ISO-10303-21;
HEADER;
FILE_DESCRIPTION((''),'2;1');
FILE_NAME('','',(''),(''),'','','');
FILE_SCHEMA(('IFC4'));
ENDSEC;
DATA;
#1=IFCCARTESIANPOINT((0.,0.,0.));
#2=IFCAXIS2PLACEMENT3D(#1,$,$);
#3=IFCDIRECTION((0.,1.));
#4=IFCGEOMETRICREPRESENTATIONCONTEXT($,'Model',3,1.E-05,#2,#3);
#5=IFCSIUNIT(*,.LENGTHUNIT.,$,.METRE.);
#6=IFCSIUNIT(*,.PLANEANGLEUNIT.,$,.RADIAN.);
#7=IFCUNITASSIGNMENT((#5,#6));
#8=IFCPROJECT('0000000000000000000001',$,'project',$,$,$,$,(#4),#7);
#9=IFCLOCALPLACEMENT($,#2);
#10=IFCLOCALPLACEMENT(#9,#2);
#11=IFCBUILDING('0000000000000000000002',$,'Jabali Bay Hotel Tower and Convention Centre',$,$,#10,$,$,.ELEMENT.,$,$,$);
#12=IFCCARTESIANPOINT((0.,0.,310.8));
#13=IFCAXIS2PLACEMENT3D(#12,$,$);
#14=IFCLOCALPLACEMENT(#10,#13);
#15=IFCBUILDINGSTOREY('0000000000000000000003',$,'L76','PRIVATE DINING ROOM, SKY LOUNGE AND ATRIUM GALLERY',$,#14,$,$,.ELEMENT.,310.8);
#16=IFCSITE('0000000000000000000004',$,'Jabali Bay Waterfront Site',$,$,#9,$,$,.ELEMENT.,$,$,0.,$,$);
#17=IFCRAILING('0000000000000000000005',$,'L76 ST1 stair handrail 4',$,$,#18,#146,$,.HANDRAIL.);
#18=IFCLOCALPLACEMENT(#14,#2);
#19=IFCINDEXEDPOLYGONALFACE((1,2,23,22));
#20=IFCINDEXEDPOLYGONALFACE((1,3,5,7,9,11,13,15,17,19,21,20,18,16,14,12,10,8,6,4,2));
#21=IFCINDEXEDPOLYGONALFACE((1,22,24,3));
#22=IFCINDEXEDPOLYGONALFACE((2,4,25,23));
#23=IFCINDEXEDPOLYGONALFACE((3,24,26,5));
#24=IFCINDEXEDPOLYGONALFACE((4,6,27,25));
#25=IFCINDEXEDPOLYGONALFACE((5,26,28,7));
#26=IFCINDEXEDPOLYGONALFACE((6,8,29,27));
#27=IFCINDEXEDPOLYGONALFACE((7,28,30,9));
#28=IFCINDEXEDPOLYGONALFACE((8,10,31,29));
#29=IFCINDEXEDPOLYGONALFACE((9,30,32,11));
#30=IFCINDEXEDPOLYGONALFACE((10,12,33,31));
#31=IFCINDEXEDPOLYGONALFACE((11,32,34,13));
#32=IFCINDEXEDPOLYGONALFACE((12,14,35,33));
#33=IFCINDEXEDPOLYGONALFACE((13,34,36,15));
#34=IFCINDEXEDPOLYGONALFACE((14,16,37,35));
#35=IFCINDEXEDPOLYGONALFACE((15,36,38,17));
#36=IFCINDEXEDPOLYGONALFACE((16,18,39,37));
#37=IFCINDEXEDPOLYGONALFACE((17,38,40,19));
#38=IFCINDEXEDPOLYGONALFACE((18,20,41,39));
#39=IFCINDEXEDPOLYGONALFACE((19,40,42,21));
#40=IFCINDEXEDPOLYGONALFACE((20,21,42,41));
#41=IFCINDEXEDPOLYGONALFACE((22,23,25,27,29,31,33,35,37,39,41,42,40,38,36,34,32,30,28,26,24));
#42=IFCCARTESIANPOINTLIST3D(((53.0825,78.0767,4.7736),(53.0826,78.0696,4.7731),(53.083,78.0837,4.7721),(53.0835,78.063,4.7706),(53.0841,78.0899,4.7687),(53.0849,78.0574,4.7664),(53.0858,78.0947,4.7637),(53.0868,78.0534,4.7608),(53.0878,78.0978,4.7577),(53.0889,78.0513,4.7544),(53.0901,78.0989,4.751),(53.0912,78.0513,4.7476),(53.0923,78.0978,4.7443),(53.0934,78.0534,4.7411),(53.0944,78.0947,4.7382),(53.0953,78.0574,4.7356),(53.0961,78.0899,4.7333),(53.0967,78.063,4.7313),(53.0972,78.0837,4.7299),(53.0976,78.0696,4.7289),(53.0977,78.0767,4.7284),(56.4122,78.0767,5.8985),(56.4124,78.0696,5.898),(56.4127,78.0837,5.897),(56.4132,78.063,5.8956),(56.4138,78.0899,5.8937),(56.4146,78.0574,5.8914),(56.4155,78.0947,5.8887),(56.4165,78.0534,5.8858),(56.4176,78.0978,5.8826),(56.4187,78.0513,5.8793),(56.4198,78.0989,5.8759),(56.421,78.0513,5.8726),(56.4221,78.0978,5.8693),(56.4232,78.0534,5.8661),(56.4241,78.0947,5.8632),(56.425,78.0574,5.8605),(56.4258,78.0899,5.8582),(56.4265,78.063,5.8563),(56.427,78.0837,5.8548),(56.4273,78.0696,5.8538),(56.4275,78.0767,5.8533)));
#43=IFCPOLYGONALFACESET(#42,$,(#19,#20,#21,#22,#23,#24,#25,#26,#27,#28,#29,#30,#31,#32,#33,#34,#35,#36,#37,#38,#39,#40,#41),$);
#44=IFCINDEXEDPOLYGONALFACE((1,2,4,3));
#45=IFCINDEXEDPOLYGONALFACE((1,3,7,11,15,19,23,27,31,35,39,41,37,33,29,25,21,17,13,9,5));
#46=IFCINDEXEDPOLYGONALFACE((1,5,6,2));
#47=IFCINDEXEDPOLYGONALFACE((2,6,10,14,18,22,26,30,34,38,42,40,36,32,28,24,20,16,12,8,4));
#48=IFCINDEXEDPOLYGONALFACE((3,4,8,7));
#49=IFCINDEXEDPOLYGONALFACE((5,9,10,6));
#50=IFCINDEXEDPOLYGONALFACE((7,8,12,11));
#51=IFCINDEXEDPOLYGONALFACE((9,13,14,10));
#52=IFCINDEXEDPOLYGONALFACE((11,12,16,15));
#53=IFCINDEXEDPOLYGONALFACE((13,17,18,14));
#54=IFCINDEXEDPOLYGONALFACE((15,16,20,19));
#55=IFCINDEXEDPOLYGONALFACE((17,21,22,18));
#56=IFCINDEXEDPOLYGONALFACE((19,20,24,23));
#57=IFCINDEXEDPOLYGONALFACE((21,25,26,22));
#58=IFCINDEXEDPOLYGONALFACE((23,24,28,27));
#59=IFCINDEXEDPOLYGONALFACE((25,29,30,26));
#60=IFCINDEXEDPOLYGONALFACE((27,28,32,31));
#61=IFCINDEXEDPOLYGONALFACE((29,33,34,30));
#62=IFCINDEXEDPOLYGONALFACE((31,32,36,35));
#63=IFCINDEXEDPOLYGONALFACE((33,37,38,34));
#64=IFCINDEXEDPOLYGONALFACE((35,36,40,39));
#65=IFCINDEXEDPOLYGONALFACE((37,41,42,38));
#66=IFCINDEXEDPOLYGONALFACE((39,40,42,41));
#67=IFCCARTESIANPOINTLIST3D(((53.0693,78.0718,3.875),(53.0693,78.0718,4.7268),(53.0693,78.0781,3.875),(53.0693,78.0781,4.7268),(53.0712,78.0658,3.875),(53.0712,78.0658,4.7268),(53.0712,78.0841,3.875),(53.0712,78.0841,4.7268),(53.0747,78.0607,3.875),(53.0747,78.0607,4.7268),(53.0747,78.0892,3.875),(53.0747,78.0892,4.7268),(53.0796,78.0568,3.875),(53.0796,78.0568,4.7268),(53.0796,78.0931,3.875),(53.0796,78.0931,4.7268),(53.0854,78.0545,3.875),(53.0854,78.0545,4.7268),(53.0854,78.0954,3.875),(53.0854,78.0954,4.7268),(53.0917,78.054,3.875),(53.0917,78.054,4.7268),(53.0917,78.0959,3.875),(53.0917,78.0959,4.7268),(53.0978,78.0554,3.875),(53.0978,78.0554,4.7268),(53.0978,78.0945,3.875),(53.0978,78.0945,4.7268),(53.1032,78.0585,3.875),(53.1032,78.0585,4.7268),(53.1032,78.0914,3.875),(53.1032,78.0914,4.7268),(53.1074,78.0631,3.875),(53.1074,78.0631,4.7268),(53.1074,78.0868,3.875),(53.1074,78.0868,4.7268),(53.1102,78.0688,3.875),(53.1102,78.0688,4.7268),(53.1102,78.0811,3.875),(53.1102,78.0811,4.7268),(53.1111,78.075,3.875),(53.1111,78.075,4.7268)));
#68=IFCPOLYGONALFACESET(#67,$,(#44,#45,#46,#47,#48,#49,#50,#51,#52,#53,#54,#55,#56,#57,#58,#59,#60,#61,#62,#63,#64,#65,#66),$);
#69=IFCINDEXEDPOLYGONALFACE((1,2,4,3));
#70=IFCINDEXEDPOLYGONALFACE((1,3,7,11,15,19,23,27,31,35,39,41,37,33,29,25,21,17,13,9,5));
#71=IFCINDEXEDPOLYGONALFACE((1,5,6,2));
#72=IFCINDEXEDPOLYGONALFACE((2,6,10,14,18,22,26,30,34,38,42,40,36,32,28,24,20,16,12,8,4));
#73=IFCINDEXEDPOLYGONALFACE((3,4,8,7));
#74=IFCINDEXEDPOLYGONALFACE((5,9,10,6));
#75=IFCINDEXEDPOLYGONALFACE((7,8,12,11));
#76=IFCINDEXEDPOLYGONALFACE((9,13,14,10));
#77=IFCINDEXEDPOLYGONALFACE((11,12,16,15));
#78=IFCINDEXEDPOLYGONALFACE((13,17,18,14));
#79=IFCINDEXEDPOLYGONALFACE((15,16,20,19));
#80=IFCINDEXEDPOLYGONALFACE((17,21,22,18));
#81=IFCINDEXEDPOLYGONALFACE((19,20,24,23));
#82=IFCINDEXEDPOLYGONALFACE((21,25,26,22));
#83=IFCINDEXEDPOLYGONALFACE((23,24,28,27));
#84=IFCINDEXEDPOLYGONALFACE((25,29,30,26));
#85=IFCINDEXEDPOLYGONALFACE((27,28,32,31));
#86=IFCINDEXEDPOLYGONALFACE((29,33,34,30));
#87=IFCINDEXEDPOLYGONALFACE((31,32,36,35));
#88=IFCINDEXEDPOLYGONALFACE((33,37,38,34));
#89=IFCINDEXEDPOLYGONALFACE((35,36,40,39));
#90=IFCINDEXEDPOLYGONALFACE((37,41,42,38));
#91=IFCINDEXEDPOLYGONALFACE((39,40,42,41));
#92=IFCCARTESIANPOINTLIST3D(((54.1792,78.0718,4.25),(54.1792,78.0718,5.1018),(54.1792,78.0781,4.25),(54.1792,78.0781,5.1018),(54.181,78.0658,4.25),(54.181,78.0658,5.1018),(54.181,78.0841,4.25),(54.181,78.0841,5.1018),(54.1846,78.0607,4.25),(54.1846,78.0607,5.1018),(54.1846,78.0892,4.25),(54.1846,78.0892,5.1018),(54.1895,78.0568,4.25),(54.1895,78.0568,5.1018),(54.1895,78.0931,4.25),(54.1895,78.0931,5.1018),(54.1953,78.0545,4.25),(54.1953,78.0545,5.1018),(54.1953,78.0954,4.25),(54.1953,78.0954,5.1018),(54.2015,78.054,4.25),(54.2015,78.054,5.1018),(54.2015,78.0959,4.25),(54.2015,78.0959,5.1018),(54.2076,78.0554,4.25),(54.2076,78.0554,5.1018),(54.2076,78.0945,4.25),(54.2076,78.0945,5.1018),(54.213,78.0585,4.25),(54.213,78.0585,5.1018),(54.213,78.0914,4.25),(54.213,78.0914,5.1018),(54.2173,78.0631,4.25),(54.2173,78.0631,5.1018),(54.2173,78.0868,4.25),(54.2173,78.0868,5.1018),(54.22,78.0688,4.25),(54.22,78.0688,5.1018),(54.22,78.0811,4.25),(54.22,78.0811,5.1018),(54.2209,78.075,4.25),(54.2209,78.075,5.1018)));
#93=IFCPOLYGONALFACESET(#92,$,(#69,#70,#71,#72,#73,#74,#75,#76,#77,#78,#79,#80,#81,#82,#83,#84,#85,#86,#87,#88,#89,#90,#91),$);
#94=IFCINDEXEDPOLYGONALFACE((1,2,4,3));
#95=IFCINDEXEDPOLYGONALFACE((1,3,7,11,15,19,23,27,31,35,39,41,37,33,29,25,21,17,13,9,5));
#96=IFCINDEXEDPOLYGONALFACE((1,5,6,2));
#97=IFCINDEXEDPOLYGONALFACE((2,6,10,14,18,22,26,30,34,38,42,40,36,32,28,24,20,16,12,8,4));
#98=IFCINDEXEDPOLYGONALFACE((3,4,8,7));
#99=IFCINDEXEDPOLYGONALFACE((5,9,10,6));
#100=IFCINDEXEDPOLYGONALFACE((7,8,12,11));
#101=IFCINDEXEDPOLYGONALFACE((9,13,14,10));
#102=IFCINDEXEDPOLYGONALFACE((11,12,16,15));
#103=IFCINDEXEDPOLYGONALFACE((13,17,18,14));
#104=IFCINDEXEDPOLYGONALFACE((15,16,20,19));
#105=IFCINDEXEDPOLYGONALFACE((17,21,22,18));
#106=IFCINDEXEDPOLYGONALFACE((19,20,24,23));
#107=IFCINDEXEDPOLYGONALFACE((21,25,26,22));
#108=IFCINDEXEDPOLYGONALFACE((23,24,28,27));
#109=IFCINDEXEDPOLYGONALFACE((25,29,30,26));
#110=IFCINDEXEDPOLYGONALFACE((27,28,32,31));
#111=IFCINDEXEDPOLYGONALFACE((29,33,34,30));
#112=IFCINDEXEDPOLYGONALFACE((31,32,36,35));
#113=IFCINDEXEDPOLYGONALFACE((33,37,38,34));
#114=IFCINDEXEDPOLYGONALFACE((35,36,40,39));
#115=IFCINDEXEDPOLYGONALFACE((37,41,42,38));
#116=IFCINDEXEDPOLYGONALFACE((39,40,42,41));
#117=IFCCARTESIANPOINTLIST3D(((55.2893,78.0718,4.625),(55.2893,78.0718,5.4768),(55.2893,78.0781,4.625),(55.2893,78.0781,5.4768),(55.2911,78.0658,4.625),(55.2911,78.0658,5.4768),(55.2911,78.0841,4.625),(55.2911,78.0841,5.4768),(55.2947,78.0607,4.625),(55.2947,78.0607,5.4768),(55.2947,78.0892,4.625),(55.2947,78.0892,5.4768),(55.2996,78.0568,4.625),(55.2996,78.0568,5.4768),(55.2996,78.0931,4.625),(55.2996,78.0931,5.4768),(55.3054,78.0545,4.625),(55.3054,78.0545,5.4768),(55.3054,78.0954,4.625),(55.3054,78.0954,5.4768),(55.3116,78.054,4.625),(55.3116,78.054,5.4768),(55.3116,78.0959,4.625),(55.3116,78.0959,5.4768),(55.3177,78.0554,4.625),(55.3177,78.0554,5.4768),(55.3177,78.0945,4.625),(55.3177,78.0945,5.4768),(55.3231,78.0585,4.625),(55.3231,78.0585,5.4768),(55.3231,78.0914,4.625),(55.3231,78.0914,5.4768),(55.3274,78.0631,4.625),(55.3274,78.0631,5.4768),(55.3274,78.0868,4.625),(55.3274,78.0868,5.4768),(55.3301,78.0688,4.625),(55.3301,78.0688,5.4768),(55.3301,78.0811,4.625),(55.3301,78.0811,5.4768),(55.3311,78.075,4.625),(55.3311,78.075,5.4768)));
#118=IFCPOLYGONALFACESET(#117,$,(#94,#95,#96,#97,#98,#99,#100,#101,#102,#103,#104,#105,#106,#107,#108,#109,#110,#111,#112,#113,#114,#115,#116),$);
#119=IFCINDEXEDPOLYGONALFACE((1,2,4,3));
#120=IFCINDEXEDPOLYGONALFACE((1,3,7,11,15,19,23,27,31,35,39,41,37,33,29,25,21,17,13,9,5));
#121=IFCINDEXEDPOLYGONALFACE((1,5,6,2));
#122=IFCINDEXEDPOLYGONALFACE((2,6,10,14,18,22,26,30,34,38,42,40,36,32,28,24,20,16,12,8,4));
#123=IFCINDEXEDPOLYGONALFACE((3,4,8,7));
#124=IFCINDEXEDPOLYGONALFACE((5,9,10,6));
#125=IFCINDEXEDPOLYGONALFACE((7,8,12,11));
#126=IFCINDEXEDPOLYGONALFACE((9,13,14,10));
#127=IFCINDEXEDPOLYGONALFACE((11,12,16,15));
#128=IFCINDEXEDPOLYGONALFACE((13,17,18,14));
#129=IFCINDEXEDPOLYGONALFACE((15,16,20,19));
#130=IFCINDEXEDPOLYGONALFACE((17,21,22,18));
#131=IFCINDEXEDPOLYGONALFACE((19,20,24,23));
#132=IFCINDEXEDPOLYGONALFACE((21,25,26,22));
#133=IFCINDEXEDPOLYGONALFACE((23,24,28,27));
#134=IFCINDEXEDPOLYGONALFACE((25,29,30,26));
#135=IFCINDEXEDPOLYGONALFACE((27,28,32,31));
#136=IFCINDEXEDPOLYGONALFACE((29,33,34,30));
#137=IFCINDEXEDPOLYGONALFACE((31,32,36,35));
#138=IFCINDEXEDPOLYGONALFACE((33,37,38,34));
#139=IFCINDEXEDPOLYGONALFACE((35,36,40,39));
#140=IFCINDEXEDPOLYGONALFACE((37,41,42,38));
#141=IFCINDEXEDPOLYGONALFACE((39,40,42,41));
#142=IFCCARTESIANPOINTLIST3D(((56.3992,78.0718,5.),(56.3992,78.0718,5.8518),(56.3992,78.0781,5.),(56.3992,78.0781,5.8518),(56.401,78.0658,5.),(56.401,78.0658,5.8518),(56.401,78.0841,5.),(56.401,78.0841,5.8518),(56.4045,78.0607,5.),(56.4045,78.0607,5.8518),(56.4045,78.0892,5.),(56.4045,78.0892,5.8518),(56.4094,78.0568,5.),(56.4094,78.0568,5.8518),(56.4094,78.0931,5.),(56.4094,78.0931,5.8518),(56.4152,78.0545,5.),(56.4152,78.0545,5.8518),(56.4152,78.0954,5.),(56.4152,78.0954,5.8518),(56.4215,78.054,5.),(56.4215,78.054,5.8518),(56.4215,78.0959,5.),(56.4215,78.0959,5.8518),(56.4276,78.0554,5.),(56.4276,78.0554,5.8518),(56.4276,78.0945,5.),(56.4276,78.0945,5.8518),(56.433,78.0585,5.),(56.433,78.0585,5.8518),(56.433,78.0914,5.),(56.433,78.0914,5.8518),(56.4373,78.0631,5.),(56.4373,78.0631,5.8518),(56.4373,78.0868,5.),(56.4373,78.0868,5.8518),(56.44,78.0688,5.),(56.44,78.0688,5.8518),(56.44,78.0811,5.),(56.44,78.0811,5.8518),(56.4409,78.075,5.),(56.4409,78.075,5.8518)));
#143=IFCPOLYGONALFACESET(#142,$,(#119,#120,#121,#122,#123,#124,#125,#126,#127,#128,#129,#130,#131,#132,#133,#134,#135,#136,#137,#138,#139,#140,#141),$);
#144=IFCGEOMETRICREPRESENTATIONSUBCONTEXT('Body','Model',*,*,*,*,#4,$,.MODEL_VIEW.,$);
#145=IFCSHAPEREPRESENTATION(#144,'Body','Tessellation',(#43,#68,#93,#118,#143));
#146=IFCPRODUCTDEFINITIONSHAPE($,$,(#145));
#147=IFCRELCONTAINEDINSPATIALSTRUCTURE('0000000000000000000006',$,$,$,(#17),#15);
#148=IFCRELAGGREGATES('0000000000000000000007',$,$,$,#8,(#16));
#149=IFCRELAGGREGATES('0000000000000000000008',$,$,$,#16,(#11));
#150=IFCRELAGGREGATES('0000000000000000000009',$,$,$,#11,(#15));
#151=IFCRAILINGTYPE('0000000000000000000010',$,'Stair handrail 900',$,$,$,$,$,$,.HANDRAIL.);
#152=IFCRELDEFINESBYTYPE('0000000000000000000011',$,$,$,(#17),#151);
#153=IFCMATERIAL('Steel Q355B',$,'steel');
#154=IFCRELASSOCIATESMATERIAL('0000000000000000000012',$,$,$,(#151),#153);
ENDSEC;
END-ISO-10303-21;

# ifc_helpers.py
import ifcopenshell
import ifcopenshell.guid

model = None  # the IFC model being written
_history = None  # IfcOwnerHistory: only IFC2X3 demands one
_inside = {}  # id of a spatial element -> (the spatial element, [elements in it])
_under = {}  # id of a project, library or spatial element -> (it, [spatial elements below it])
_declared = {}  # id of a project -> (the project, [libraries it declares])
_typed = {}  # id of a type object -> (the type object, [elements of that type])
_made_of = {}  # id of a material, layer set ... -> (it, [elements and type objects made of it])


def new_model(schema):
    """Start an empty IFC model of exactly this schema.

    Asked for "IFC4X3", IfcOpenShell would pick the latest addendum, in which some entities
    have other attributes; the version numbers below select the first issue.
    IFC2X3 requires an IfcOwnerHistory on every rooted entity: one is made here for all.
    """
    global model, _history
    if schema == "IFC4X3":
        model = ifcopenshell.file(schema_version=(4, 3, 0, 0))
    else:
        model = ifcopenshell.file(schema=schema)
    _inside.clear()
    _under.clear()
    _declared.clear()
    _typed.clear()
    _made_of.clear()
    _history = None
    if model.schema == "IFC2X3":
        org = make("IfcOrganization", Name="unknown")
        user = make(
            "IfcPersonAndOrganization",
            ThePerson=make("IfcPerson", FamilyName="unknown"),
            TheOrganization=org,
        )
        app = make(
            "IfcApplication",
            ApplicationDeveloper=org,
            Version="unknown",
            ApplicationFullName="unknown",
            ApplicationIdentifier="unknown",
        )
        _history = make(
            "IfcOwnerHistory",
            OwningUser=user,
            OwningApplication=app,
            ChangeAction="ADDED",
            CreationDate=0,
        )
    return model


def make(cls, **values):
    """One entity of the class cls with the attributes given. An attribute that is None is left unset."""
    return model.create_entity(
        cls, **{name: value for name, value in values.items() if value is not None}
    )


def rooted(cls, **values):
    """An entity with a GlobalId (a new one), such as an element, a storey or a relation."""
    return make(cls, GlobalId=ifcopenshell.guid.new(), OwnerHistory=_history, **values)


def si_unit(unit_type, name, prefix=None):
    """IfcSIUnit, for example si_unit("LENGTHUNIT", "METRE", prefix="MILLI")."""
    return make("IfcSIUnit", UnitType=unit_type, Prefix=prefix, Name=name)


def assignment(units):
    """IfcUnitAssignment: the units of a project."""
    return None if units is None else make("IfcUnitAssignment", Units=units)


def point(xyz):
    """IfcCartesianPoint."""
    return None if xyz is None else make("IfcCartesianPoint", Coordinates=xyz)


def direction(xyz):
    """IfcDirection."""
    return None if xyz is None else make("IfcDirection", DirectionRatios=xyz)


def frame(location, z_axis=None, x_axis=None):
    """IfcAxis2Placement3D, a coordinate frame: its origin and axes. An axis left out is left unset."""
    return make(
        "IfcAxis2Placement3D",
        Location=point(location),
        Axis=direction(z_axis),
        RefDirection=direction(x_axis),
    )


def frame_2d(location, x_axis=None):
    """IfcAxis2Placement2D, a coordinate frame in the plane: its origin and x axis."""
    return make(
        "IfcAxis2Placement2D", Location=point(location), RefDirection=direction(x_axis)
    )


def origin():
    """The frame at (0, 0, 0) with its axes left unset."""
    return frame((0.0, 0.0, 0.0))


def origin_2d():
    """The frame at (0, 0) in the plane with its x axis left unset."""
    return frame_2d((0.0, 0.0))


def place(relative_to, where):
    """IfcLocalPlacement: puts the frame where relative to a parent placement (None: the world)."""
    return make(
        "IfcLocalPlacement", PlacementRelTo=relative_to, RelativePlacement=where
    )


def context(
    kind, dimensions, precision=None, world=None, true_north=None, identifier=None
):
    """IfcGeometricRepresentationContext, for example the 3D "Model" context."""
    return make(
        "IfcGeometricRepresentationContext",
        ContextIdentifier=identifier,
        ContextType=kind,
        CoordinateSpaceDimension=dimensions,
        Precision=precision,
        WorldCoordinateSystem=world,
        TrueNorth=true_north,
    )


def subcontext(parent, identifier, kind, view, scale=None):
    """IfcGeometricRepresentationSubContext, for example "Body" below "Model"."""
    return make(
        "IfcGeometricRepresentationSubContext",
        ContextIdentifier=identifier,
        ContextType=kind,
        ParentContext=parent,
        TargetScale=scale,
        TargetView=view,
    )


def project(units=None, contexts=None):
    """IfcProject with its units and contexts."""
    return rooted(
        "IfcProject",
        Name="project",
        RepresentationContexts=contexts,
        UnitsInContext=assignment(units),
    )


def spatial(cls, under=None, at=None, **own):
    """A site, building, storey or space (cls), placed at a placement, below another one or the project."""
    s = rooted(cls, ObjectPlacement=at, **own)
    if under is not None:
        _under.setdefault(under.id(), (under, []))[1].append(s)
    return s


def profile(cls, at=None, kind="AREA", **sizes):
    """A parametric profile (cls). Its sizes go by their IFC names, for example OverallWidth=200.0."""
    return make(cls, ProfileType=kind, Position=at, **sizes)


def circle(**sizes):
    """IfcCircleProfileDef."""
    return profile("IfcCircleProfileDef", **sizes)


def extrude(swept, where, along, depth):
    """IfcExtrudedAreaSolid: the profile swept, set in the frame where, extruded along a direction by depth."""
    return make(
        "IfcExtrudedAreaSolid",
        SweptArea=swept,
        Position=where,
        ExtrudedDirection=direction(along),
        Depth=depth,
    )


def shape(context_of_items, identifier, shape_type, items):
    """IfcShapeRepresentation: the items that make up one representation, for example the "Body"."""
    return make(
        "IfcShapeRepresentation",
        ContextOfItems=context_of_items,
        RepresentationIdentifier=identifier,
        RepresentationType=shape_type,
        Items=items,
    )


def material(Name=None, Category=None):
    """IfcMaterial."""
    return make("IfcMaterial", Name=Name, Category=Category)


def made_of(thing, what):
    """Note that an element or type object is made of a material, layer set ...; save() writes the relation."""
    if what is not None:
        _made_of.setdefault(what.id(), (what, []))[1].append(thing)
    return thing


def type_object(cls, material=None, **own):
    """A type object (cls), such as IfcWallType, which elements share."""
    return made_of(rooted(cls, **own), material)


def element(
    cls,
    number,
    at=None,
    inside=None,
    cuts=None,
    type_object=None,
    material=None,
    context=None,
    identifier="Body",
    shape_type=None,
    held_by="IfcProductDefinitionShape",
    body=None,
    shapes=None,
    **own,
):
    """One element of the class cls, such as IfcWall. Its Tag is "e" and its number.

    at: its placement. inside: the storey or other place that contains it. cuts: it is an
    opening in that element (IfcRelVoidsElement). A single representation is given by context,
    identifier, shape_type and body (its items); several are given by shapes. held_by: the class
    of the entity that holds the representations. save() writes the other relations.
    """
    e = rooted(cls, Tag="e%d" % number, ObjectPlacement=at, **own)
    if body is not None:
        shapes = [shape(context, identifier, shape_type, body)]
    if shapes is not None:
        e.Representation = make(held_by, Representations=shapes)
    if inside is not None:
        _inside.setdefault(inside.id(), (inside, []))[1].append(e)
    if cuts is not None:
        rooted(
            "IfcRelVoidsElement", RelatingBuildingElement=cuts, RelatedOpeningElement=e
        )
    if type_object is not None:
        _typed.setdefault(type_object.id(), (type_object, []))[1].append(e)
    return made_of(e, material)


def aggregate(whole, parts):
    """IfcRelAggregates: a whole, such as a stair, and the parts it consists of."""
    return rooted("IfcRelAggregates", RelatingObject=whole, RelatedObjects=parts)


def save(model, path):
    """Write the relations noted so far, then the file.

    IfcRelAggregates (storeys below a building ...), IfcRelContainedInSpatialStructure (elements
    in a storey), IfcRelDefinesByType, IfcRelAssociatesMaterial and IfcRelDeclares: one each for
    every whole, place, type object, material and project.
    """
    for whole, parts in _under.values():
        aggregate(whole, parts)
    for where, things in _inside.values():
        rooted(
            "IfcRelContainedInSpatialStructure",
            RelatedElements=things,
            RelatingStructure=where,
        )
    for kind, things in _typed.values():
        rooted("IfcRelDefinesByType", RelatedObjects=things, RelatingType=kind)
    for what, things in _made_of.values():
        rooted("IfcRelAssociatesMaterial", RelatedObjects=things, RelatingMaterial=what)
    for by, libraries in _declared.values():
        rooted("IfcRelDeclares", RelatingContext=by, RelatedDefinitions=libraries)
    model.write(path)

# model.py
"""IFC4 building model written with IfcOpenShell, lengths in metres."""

from ifc_helpers import new_model, si_unit, direction, frame, origin, origin_2d, place, context, subcontext, project, spatial, circle, extrude, material, type_object, element, save


model = new_model("IFC4")

# Units and contexts
model_context = context("Model", 3, precision=1e-05, world=origin(), true_north=direction((0.0, 1.0)))
body_context = subcontext(model_context, "Body", "Model", "MODEL_VIEW")
ifc_project = project(units=[si_unit("LENGTHUNIT", "METRE"), si_unit("PLANEANGLEUNIT", "RADIAN")], contexts=[model_context])

# Site, building, storey
site_placement = place(None, origin())
site = spatial("IfcSite", under=ifc_project, at=site_placement, Name="Jabali Bay Waterfront Site", CompositionType="ELEMENT", RefElevation=0.0)
building_placement = place(site_placement, origin())
building = spatial("IfcBuilding", under=site, at=building_placement, Name="Jabali Bay Hotel Tower and Convention Centre", CompositionType="ELEMENT")
storey_placement = place(building_placement, frame((0.0, 0.0, 310.8)))
storey = spatial("IfcBuildingStorey", under=building, at=storey_placement, Name="L76", Description="PRIVATE DINING ROOM, SKY LOUNGE AND ATRIUM GALLERY", CompositionType="ELEMENT", Elevation=310.8)

# Railing
ifc_material_1 = material(Name="Steel Q355B", Category="steel")
railing_type = type_object("IfcRailingType", Name="Stair handrail 900", PredefinedType="HANDRAIL", material=ifc_material_1)
for number, where, name in (
    (1, (53.0901, 78.075, 3.875), "L76 ST1 stair handrail 4"),
):
    element("IfcRailing", number, at=place(storey_placement, frame(where)), inside=storey, type_object=railing_type, Name=name, PredefinedType="HANDRAIL", context=body_context, shape_type="SweptSolid", body=[
        extrude(circle(Radius=0.0239, at=origin_2d()), frame((0.0, 0.0, 0.876), z_axis=(0.94739, 0.0, 0.32008), x_axis=(0.0, 1.0, 0.0)), (0.0, 0.0, 1.0), 3.5146),
        extrude(circle(Radius=0.021, at=origin_2d()), origin(), (0.0, 0.0, 1.0), 0.8518),
        extrude(circle(Radius=0.021, at=origin_2d()), frame((1.1099, 0.0, 0.375)), (0.0, 0.0, 1.0), 0.8518),
        extrude(circle(Radius=0.021, at=origin_2d()), frame((2.22, 0.0, 0.75)), (0.0, 0.0, 1.0), 0.8518),
        extrude(circle(Radius=0.021, at=origin_2d()), frame((3.3298, 0.0, 1.125)), (0.0, 0.0, 1.0), 0.8518),
    ])

save(model, "model.ifc")
